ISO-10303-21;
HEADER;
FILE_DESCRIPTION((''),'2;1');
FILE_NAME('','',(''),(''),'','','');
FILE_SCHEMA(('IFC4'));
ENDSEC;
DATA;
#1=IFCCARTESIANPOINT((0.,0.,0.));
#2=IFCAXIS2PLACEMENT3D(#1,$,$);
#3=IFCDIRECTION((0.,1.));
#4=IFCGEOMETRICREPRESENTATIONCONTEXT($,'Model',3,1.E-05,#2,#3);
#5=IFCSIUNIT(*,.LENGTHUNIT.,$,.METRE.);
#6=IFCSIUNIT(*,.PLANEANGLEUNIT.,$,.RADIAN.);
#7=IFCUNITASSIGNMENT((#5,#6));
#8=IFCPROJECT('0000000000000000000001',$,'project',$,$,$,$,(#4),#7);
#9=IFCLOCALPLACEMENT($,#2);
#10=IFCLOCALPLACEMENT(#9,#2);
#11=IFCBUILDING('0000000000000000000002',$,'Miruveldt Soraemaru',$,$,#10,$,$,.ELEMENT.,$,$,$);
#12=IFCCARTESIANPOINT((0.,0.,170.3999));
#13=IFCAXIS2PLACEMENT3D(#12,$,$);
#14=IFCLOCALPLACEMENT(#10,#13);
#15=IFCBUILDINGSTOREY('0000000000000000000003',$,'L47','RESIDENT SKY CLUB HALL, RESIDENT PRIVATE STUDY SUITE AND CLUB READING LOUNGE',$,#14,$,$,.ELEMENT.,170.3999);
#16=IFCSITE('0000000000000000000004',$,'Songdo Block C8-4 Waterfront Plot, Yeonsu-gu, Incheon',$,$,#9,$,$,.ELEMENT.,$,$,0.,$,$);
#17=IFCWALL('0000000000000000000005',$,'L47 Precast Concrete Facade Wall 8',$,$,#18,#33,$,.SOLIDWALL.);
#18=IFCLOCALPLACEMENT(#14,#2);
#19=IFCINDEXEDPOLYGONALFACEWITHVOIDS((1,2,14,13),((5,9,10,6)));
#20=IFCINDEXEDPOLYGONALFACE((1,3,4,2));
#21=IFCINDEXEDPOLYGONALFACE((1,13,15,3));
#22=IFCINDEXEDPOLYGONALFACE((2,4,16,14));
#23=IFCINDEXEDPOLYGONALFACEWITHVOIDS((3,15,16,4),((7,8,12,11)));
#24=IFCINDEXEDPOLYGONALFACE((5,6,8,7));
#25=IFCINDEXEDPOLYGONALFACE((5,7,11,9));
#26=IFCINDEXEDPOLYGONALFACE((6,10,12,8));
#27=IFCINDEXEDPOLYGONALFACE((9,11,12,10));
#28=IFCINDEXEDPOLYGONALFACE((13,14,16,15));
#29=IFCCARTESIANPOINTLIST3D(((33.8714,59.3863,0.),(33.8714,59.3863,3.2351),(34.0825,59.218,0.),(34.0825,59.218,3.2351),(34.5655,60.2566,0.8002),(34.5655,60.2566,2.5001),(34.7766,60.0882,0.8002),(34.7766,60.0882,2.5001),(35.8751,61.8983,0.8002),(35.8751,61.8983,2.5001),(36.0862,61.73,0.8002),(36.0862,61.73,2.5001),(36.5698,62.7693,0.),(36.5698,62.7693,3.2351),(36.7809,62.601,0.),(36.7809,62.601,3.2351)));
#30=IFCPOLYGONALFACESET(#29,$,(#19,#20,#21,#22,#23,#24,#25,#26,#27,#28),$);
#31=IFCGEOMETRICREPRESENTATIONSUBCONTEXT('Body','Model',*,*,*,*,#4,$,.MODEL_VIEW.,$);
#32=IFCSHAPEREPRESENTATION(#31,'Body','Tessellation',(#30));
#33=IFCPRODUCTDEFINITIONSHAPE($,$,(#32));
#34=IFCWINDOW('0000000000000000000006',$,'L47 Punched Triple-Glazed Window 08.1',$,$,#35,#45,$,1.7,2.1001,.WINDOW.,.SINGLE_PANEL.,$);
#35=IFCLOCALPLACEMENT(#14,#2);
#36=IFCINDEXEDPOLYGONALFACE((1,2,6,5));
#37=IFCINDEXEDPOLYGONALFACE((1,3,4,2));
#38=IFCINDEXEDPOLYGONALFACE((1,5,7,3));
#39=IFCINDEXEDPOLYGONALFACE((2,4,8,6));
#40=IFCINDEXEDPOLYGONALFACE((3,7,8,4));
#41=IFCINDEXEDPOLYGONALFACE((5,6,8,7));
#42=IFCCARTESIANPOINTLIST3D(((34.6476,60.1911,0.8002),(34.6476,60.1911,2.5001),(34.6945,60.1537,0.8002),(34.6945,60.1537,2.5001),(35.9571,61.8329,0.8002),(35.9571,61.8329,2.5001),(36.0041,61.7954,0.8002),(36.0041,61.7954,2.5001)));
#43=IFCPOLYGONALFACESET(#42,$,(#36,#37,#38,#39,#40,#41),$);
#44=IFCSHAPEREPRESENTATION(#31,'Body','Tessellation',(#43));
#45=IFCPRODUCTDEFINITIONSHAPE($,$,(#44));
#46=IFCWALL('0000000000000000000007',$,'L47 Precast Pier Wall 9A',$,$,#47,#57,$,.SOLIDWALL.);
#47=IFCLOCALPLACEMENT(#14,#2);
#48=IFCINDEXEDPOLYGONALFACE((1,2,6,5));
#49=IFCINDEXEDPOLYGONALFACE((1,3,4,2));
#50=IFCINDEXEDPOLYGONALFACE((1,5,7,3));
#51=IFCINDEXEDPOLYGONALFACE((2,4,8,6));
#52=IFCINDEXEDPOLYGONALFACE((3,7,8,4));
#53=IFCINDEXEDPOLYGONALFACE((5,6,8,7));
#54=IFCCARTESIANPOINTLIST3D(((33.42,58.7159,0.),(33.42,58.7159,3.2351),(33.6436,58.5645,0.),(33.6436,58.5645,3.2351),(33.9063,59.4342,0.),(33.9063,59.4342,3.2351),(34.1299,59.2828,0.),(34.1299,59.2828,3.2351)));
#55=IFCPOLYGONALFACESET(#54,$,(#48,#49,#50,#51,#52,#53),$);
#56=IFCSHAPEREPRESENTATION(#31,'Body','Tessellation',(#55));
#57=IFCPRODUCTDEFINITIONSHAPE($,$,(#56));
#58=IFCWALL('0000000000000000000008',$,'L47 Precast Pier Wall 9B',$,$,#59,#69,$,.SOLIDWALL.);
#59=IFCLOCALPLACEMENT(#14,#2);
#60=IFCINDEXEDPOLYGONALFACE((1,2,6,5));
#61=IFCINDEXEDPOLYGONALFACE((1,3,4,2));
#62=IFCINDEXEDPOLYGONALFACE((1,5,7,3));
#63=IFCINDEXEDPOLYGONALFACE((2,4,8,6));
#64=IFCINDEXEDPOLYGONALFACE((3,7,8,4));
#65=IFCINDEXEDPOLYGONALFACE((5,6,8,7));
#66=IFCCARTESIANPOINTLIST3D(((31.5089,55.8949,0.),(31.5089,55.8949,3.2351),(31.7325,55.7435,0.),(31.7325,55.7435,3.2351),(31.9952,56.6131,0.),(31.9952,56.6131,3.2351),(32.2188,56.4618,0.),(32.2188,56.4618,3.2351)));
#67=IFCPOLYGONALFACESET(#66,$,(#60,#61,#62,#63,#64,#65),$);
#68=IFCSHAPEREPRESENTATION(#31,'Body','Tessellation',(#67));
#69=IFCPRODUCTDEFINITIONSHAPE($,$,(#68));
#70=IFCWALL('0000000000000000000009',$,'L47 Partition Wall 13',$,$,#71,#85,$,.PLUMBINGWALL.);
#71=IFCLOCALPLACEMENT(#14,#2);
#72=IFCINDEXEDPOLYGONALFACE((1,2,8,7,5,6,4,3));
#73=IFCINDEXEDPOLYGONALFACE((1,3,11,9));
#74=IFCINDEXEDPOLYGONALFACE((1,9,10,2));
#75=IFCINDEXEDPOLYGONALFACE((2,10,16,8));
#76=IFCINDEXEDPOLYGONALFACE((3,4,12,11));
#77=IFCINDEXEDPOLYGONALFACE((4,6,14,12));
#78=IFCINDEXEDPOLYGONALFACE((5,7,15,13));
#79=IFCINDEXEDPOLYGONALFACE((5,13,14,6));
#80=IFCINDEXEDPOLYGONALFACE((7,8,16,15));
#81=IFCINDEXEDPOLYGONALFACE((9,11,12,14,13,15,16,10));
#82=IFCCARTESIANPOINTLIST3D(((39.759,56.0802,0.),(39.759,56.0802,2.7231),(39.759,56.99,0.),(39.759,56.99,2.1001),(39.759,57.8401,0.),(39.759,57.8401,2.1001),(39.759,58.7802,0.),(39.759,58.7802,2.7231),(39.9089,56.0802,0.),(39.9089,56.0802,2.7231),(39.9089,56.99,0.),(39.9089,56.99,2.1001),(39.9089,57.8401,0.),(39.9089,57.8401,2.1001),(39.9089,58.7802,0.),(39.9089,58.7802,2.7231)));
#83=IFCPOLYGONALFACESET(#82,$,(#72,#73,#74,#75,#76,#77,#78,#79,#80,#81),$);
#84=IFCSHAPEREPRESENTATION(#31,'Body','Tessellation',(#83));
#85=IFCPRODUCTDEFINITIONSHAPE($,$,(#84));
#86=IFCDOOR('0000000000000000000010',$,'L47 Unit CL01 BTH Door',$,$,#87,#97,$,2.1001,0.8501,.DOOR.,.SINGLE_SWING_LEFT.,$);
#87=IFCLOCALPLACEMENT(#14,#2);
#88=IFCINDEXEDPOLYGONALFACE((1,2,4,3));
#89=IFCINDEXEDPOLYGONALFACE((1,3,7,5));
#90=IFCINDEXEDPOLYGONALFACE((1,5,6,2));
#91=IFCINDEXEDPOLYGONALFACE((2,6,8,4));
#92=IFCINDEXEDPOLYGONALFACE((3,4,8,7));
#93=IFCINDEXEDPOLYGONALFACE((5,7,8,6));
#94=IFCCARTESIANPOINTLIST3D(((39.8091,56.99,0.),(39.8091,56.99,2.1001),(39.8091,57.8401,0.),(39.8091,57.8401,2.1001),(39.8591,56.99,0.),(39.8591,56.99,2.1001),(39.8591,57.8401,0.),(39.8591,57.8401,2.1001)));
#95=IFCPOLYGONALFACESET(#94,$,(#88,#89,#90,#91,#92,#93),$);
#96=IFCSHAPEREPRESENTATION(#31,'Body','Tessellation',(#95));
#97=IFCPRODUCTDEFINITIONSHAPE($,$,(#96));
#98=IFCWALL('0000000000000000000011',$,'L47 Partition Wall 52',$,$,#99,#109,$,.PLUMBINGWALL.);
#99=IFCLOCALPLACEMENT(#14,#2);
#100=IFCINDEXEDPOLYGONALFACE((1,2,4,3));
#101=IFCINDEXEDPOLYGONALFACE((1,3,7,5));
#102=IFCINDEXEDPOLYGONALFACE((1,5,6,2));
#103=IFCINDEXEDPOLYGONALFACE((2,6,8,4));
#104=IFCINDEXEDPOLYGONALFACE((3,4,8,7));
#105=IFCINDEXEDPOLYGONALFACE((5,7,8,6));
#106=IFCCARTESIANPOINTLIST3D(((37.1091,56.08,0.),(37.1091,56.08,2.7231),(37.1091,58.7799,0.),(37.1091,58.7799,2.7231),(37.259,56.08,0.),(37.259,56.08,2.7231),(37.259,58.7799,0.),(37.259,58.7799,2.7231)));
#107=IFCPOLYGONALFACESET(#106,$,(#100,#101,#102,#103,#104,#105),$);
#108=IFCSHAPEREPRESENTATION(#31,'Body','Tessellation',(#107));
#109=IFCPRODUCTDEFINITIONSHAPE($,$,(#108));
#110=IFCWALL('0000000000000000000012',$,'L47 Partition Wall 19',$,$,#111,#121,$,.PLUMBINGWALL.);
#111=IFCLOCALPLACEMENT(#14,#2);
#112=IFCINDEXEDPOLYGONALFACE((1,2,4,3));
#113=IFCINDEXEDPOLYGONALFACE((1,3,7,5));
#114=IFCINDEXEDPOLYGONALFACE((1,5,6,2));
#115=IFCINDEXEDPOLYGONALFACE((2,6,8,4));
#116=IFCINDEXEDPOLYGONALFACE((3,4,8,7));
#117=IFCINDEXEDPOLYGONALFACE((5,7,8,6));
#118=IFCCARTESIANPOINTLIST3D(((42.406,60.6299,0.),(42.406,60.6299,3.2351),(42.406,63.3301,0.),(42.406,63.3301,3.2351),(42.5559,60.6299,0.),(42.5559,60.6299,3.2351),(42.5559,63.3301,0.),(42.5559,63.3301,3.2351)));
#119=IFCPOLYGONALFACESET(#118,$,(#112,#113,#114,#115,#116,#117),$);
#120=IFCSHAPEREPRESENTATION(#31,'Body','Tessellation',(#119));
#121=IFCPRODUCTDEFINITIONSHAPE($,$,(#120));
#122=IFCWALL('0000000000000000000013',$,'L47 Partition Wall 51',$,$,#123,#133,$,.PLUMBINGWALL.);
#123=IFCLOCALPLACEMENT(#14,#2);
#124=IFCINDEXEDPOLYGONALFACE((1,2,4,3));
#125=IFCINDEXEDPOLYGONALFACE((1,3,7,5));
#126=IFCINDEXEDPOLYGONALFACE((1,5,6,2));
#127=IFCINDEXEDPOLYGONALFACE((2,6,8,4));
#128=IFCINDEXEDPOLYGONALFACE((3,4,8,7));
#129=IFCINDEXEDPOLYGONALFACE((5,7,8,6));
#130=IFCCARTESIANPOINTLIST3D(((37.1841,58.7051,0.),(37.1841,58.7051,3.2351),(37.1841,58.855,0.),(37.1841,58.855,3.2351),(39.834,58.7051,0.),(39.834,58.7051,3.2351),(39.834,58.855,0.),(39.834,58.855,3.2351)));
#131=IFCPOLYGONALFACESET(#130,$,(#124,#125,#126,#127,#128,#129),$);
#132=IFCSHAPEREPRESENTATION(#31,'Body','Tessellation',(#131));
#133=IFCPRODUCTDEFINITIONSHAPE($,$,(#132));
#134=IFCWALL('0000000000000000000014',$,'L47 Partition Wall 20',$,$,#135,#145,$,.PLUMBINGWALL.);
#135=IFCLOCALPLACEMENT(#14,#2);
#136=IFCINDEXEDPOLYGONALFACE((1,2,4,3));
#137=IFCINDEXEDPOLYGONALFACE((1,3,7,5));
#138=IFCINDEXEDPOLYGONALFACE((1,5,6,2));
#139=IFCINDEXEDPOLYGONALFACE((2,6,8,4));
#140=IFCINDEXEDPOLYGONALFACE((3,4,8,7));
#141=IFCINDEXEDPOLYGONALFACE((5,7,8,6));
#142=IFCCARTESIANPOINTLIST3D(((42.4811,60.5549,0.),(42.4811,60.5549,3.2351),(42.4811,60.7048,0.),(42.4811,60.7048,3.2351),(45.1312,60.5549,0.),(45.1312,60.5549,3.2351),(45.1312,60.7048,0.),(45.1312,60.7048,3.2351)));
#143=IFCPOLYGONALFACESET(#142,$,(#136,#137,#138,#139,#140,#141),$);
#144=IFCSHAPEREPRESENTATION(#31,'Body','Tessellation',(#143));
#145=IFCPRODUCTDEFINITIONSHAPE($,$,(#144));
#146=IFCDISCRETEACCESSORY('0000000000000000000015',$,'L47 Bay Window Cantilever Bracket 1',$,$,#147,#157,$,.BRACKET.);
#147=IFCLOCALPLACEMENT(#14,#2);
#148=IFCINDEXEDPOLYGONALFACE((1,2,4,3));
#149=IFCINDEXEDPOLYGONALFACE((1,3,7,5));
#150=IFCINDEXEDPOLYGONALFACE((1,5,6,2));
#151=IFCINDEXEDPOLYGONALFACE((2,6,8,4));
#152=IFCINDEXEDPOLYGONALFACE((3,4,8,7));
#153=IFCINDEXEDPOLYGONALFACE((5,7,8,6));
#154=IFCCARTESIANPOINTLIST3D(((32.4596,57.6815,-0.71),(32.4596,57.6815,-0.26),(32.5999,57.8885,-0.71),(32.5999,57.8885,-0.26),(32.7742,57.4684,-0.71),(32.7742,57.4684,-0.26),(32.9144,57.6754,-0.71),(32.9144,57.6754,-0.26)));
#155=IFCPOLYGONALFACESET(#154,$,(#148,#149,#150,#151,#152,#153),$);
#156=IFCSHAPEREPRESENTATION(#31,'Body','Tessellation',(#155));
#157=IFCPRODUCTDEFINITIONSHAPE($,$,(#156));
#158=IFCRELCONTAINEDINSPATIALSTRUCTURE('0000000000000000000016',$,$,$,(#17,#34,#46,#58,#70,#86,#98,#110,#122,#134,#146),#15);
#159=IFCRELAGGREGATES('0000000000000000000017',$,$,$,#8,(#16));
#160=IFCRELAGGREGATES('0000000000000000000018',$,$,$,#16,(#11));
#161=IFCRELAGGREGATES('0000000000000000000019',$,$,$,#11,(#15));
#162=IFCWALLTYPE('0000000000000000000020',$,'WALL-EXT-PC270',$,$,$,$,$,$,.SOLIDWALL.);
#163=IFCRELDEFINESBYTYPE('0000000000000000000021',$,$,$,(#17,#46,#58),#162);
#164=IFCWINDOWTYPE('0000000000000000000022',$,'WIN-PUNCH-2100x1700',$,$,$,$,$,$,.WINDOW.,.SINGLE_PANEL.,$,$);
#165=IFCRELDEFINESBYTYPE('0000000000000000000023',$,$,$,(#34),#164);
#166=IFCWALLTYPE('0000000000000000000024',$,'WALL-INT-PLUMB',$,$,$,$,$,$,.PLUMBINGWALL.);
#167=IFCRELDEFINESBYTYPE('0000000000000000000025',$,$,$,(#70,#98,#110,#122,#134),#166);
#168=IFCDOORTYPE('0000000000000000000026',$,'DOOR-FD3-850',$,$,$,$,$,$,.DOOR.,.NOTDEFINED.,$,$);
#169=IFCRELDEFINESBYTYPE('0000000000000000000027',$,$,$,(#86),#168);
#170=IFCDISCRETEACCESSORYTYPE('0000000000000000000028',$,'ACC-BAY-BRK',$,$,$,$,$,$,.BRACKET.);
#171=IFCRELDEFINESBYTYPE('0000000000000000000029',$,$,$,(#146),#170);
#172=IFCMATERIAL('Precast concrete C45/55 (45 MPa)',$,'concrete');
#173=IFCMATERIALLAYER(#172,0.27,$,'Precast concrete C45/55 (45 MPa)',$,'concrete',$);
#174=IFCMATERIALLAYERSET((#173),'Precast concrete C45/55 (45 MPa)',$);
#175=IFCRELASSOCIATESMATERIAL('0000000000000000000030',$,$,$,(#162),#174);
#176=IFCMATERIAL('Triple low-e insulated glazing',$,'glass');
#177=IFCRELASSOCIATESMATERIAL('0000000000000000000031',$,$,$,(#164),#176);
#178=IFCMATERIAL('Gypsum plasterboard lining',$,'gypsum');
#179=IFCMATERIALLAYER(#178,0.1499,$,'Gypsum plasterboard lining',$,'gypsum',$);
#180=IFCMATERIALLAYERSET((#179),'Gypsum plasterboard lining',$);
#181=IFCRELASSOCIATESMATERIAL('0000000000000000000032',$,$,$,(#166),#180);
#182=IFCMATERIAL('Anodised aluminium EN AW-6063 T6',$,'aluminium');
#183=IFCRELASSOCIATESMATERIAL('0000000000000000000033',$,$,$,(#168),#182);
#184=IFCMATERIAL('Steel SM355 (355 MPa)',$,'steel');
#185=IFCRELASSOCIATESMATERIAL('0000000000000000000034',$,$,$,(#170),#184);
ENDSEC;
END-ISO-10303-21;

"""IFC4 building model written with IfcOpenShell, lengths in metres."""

from ifc_helpers import new_model, si_unit, direction, frame, frame_2d, origin, origin_2d, place, context, subcontext, project, spatial, rectangle, extrude, material, layer, layer_set, type_object, element, fill, save


model = new_model("IFC4")

# Units and contexts
model_context = context("Model", 3, precision=1e-05, world=origin(), true_north=direction((0.0, 1.0)))
body_context = subcontext(model_context, "Body", "Model", "MODEL_VIEW")
ifc_project = project(units=[si_unit("LENGTHUNIT", "METRE"), si_unit("PLANEANGLEUNIT", "RADIAN")], contexts=[model_context])

# Site, building, storey
site_placement = place(None, origin())
site = spatial("IfcSite", under=ifc_project, at=site_placement, Name="Songdo Block C8-4 Waterfront Plot, Yeonsu-gu, Incheon", CompositionType="ELEMENT", RefElevation=0.0)
building_placement = place(site_placement, origin())
building = spatial("IfcBuilding", under=site, at=building_placement, Name="Miruveldt Soraemaru", CompositionType="ELEMENT")
storey_placement = place(building_placement, frame((0.0, 0.0, 170.3999)))
storey = spatial("IfcBuildingStorey", under=building, at=storey_placement, Name="L47", Description="RESIDENT SKY CLUB HALL, RESIDENT PRIVATE STUDY SUITE AND CLUB READING LOUNGE", CompositionType="ELEMENT", Elevation=170.3999)

# Wall, opening, window
ifc_material_1 = material(Name="Triple low-e insulated glazing", Category="glass")
ifc_material_2 = material(Name="Precast concrete C45/55 (45 MPa)", Category="concrete")
ifc_layer_1 = layer(ifc_material_2, 0.27, Name="Precast concrete C45/55 (45 MPa)", Category="concrete")
ifc_layer_set_1 = layer_set([ifc_layer_1], Name="Precast concrete C45/55 (45 MPa)")
wall_type_1 = type_object("IfcWallType", Name="WALL-EXT-PC270", PredefinedType="SOLIDWALL", material=ifc_layer_set_1)
window_type_1 = type_object("IfcWindowType", Name="WIN-PUNCH-2100x1700", PartitioningType="SINGLE_PANEL", PredefinedType="WINDOW", material=ifc_material_1)
wall_1_placement = place(storey_placement, frame((36.6753, 62.6851, 0.0), z_axis=(0.0, 0.0, 1.0), x_axis=(-0.623573, -0.781765, 0.0)))
wall_1 = element("IfcWall", 1, at=wall_1_placement, inside=storey, type_object=wall_type_1, Name="L47 Precast Concrete Facade Wall 8", PredefinedType="SOLIDWALL", context=body_context, shape_type="SweptSolid", body=[
    extrude(rectangle(XDim=4.3274, YDim=0.27, at=frame_2d((2.1636, 0.0))), origin(), (0.0, 0.0, 1.0), 3.2351),
])
opening_1_placement = place(wall_1_placement, frame((1.114, 0.0, 0.8)))
opening_1 = element("IfcOpeningElement", 2, at=opening_1_placement, cuts=wall_1, PredefinedType="OPENING", context=body_context, shape_type="SweptSolid", body=[
    extrude(rectangle(XDim=2.1001, YDim=1.7, at=frame_2d((1.05, 0.8501))), frame((0.0, 0.145, 0.0), z_axis=(0.0, -1.0, 0.0), x_axis=(1.0, 0.0, 0.0)), (0.0, 0.0, 1.0), 0.29),
])
window_1_placement = place(opening_1_placement, origin())
window_1 = element("IfcWindow", 3, at=window_1_placement, inside=storey, type_object=window_type_1, Name="L47 Punched Triple-Glazed Window 08.1", OverallHeight=1.7, OverallWidth=2.1001, PartitioningType="SINGLE_PANEL", PredefinedType="WINDOW", context=body_context, shape_type="SweptSolid", body=[
    extrude(rectangle(XDim=2.1001, YDim=1.7, at=frame_2d((1.05, 0.8501))), frame((0.0, 0.03, 0.0), z_axis=(0.0, -1.0, 0.0), x_axis=(1.0, 0.0, 0.0)), (0.0, 0.0, 1.0), 0.0601),
])
fill(opening_1, window_1)

# Walls
for number, where, z_axis, x_axis, name in (
    (4, (34.0181, 59.3584, 0.0), (0.0, 0.0, 1.0), (-0.560661, -0.828045, 0.0), "L47 Precast Pier Wall 9A"),
    (5, (32.1069, 56.5374, 0.0), (0.0, 0.0, 1.0), (-0.560661, -0.828045, 0.0), "L47 Precast Pier Wall 9B"),
):
    element("IfcWall", number, at=place(storey_placement, frame(where, z_axis=z_axis, x_axis=x_axis)), inside=storey, type_object=wall_type_1, Name=name, PredefinedType="SOLIDWALL", context=body_context, shape_type="SweptSolid", body=[
        extrude(rectangle(XDim=0.8674, YDim=0.27, at=frame_2d((0.4336, 0.0))), origin(), (0.0, 0.0, 1.0), 3.2351),
    ])

# Wall, opening, door
ifc_material_3 = material(Name="Gypsum plasterboard lining", Category="gypsum")
ifc_layer_2 = layer(ifc_material_3, 0.1499, Name="Gypsum plasterboard lining", Category="gypsum")
ifc_layer_set_2 = layer_set([ifc_layer_2], Name="Gypsum plasterboard lining")
wall_type_2 = type_object("IfcWallType", Name="WALL-INT-PLUMB", PredefinedType="PLUMBINGWALL", material=ifc_layer_set_2)
wall_2_placement = place(storey_placement, frame((39.834, 56.0801, 0.0), z_axis=(0.0, 0.0, 1.0), x_axis=(0.0, 1.0, 0.0)))
wall_2 = element("IfcWall", 6, at=wall_2_placement, inside=storey, type_object=wall_type_2, Name="L47 Partition Wall 13", PredefinedType="PLUMBINGWALL", context=body_context, shape_type="SweptSolid", body=[
    extrude(rectangle(XDim=2.7, YDim=0.1499, at=frame_2d((1.3501, 0.0))), origin(), (0.0, 0.0, 1.0), 2.7231),
])
opening_2_placement = place(wall_2_placement, frame((0.9099, 0.0, 0.0)))
opening_2 = element("IfcOpeningElement", 7, at=opening_2_placement, cuts=wall_2, PredefinedType="OPENING", context=body_context, shape_type="SweptSolid", body=[
    extrude(rectangle(XDim=0.8501, YDim=2.1001, at=frame_2d((0.425, 1.05))), frame((0.0, 0.085, 0.0), z_axis=(0.0, -1.0, 0.0), x_axis=(1.0, 0.0, 0.0)), (0.0, 0.0, 1.0), 0.1699),
])
ifc_material_4 = material(Name="Anodised aluminium EN AW-6063 T6", Category="aluminium")
door_type = type_object("IfcDoorType", Name="DOOR-FD3-850", OperationType="NOTDEFINED", PredefinedType="DOOR", material=ifc_material_4)
door_placement = place(opening_2_placement, origin())
door = element("IfcDoor", 8, at=door_placement, inside=storey, type_object=door_type, Name="L47 Unit CL01 BTH Door", OperationType="SINGLE_SWING_LEFT", OverallHeight=2.1001, OverallWidth=0.8501, PredefinedType="DOOR", context=body_context, shape_type="SweptSolid", body=[
    extrude(rectangle(XDim=0.8501, YDim=2.1001, at=frame_2d((0.425, 1.05))), frame((0.0, 0.0249, 0.0), z_axis=(0.0, -1.0, 0.0), x_axis=(1.0, 0.0, 0.0)), (0.0, 0.0, 1.0), 0.05),
])
fill(opening_2, door)

# Walls
wall_3_placement = place(storey_placement, frame((37.1841, 58.78, 0.0), z_axis=(0.0, 0.0, 1.0), x_axis=(0.0, -1.0, 0.0)))
element("IfcWall", 9, at=wall_3_placement, inside=storey, type_object=wall_type_2, Name="L47 Partition Wall 52", PredefinedType="PLUMBINGWALL", context=body_context, shape_type="SweptSolid", body=[
    extrude(rectangle(XDim=2.7, YDim=0.1499, at=frame_2d((1.3501, 0.0))), origin(), (0.0, 0.0, 1.0), 2.7231),
])
wall_4_placement = place(storey_placement, frame((42.481, 63.3301, 0.0), z_axis=(0.0, 0.0, 1.0), x_axis=(0.0, -1.0, 0.0)))
element("IfcWall", 10, at=wall_4_placement, inside=storey, type_object=wall_type_2, Name="L47 Partition Wall 19", PredefinedType="PLUMBINGWALL", context=body_context, shape_type="SweptSolid", body=[
    extrude(rectangle(XDim=2.7002, YDim=0.1499, at=frame_2d((1.3501, 0.0))), origin(), (0.0, 0.0, 1.0), 3.2351),
])
wall_5_placement = place(storey_placement, frame((39.834, 58.78, 0.0), z_axis=(0.0, 0.0, 1.0), x_axis=(-1.0, 0.0, 0.0)))
element("IfcWall", 11, at=wall_5_placement, inside=storey, type_object=wall_type_2, Name="L47 Partition Wall 51", PredefinedType="PLUMBINGWALL", context=body_context, shape_type="SweptSolid", body=[
    extrude(rectangle(XDim=2.6499, YDim=0.1499, at=frame_2d((1.325, 0.0))), origin(), (0.0, 0.0, 1.0), 3.2351),
])
wall_6_placement = place(storey_placement, frame((42.481, 60.6299, 0.0), z_axis=(0.0, 0.0, 1.0), x_axis=(1.0, 0.0, 0.0)))
element("IfcWall", 12, at=wall_6_placement, inside=storey, type_object=wall_type_2, Name="L47 Partition Wall 20", PredefinedType="PLUMBINGWALL", context=body_context, shape_type="SweptSolid", body=[
    extrude(rectangle(XDim=2.6501, YDim=0.1499, at=frame_2d((1.3252, 0.0))), origin(), (0.0, 0.0, 1.0), 3.2351),
])

# Discrete accessory
ifc_material_5 = material(Name="Steel SM355 (355 MPa)", Category="steel")
discrete_accessory_type = type_object("IfcDiscreteAccessoryType", Name="ACC-BAY-BRK", PredefinedType="BRACKET", material=ifc_material_5)
discrete_accessory_placement = place(storey_placement, frame((32.687, 57.6785, -0.71), z_axis=(0.0, 0.0, 1.0), x_axis=(-0.827923, 0.560841, 0.0)))
element("IfcDiscreteAccessory", 13, at=discrete_accessory_placement, inside=storey, type_object=discrete_accessory_type, Name="L47 Bay Window Cantilever Bracket 1", PredefinedType="BRACKET", context=body_context, shape_type="SweptSolid", body=[
    extrude(rectangle(XDim=0.3799, YDim=0.25, at=origin_2d()), origin(), (0.0, 0.0, 1.0), 0.45),
])

save(model, "model.ifc")
